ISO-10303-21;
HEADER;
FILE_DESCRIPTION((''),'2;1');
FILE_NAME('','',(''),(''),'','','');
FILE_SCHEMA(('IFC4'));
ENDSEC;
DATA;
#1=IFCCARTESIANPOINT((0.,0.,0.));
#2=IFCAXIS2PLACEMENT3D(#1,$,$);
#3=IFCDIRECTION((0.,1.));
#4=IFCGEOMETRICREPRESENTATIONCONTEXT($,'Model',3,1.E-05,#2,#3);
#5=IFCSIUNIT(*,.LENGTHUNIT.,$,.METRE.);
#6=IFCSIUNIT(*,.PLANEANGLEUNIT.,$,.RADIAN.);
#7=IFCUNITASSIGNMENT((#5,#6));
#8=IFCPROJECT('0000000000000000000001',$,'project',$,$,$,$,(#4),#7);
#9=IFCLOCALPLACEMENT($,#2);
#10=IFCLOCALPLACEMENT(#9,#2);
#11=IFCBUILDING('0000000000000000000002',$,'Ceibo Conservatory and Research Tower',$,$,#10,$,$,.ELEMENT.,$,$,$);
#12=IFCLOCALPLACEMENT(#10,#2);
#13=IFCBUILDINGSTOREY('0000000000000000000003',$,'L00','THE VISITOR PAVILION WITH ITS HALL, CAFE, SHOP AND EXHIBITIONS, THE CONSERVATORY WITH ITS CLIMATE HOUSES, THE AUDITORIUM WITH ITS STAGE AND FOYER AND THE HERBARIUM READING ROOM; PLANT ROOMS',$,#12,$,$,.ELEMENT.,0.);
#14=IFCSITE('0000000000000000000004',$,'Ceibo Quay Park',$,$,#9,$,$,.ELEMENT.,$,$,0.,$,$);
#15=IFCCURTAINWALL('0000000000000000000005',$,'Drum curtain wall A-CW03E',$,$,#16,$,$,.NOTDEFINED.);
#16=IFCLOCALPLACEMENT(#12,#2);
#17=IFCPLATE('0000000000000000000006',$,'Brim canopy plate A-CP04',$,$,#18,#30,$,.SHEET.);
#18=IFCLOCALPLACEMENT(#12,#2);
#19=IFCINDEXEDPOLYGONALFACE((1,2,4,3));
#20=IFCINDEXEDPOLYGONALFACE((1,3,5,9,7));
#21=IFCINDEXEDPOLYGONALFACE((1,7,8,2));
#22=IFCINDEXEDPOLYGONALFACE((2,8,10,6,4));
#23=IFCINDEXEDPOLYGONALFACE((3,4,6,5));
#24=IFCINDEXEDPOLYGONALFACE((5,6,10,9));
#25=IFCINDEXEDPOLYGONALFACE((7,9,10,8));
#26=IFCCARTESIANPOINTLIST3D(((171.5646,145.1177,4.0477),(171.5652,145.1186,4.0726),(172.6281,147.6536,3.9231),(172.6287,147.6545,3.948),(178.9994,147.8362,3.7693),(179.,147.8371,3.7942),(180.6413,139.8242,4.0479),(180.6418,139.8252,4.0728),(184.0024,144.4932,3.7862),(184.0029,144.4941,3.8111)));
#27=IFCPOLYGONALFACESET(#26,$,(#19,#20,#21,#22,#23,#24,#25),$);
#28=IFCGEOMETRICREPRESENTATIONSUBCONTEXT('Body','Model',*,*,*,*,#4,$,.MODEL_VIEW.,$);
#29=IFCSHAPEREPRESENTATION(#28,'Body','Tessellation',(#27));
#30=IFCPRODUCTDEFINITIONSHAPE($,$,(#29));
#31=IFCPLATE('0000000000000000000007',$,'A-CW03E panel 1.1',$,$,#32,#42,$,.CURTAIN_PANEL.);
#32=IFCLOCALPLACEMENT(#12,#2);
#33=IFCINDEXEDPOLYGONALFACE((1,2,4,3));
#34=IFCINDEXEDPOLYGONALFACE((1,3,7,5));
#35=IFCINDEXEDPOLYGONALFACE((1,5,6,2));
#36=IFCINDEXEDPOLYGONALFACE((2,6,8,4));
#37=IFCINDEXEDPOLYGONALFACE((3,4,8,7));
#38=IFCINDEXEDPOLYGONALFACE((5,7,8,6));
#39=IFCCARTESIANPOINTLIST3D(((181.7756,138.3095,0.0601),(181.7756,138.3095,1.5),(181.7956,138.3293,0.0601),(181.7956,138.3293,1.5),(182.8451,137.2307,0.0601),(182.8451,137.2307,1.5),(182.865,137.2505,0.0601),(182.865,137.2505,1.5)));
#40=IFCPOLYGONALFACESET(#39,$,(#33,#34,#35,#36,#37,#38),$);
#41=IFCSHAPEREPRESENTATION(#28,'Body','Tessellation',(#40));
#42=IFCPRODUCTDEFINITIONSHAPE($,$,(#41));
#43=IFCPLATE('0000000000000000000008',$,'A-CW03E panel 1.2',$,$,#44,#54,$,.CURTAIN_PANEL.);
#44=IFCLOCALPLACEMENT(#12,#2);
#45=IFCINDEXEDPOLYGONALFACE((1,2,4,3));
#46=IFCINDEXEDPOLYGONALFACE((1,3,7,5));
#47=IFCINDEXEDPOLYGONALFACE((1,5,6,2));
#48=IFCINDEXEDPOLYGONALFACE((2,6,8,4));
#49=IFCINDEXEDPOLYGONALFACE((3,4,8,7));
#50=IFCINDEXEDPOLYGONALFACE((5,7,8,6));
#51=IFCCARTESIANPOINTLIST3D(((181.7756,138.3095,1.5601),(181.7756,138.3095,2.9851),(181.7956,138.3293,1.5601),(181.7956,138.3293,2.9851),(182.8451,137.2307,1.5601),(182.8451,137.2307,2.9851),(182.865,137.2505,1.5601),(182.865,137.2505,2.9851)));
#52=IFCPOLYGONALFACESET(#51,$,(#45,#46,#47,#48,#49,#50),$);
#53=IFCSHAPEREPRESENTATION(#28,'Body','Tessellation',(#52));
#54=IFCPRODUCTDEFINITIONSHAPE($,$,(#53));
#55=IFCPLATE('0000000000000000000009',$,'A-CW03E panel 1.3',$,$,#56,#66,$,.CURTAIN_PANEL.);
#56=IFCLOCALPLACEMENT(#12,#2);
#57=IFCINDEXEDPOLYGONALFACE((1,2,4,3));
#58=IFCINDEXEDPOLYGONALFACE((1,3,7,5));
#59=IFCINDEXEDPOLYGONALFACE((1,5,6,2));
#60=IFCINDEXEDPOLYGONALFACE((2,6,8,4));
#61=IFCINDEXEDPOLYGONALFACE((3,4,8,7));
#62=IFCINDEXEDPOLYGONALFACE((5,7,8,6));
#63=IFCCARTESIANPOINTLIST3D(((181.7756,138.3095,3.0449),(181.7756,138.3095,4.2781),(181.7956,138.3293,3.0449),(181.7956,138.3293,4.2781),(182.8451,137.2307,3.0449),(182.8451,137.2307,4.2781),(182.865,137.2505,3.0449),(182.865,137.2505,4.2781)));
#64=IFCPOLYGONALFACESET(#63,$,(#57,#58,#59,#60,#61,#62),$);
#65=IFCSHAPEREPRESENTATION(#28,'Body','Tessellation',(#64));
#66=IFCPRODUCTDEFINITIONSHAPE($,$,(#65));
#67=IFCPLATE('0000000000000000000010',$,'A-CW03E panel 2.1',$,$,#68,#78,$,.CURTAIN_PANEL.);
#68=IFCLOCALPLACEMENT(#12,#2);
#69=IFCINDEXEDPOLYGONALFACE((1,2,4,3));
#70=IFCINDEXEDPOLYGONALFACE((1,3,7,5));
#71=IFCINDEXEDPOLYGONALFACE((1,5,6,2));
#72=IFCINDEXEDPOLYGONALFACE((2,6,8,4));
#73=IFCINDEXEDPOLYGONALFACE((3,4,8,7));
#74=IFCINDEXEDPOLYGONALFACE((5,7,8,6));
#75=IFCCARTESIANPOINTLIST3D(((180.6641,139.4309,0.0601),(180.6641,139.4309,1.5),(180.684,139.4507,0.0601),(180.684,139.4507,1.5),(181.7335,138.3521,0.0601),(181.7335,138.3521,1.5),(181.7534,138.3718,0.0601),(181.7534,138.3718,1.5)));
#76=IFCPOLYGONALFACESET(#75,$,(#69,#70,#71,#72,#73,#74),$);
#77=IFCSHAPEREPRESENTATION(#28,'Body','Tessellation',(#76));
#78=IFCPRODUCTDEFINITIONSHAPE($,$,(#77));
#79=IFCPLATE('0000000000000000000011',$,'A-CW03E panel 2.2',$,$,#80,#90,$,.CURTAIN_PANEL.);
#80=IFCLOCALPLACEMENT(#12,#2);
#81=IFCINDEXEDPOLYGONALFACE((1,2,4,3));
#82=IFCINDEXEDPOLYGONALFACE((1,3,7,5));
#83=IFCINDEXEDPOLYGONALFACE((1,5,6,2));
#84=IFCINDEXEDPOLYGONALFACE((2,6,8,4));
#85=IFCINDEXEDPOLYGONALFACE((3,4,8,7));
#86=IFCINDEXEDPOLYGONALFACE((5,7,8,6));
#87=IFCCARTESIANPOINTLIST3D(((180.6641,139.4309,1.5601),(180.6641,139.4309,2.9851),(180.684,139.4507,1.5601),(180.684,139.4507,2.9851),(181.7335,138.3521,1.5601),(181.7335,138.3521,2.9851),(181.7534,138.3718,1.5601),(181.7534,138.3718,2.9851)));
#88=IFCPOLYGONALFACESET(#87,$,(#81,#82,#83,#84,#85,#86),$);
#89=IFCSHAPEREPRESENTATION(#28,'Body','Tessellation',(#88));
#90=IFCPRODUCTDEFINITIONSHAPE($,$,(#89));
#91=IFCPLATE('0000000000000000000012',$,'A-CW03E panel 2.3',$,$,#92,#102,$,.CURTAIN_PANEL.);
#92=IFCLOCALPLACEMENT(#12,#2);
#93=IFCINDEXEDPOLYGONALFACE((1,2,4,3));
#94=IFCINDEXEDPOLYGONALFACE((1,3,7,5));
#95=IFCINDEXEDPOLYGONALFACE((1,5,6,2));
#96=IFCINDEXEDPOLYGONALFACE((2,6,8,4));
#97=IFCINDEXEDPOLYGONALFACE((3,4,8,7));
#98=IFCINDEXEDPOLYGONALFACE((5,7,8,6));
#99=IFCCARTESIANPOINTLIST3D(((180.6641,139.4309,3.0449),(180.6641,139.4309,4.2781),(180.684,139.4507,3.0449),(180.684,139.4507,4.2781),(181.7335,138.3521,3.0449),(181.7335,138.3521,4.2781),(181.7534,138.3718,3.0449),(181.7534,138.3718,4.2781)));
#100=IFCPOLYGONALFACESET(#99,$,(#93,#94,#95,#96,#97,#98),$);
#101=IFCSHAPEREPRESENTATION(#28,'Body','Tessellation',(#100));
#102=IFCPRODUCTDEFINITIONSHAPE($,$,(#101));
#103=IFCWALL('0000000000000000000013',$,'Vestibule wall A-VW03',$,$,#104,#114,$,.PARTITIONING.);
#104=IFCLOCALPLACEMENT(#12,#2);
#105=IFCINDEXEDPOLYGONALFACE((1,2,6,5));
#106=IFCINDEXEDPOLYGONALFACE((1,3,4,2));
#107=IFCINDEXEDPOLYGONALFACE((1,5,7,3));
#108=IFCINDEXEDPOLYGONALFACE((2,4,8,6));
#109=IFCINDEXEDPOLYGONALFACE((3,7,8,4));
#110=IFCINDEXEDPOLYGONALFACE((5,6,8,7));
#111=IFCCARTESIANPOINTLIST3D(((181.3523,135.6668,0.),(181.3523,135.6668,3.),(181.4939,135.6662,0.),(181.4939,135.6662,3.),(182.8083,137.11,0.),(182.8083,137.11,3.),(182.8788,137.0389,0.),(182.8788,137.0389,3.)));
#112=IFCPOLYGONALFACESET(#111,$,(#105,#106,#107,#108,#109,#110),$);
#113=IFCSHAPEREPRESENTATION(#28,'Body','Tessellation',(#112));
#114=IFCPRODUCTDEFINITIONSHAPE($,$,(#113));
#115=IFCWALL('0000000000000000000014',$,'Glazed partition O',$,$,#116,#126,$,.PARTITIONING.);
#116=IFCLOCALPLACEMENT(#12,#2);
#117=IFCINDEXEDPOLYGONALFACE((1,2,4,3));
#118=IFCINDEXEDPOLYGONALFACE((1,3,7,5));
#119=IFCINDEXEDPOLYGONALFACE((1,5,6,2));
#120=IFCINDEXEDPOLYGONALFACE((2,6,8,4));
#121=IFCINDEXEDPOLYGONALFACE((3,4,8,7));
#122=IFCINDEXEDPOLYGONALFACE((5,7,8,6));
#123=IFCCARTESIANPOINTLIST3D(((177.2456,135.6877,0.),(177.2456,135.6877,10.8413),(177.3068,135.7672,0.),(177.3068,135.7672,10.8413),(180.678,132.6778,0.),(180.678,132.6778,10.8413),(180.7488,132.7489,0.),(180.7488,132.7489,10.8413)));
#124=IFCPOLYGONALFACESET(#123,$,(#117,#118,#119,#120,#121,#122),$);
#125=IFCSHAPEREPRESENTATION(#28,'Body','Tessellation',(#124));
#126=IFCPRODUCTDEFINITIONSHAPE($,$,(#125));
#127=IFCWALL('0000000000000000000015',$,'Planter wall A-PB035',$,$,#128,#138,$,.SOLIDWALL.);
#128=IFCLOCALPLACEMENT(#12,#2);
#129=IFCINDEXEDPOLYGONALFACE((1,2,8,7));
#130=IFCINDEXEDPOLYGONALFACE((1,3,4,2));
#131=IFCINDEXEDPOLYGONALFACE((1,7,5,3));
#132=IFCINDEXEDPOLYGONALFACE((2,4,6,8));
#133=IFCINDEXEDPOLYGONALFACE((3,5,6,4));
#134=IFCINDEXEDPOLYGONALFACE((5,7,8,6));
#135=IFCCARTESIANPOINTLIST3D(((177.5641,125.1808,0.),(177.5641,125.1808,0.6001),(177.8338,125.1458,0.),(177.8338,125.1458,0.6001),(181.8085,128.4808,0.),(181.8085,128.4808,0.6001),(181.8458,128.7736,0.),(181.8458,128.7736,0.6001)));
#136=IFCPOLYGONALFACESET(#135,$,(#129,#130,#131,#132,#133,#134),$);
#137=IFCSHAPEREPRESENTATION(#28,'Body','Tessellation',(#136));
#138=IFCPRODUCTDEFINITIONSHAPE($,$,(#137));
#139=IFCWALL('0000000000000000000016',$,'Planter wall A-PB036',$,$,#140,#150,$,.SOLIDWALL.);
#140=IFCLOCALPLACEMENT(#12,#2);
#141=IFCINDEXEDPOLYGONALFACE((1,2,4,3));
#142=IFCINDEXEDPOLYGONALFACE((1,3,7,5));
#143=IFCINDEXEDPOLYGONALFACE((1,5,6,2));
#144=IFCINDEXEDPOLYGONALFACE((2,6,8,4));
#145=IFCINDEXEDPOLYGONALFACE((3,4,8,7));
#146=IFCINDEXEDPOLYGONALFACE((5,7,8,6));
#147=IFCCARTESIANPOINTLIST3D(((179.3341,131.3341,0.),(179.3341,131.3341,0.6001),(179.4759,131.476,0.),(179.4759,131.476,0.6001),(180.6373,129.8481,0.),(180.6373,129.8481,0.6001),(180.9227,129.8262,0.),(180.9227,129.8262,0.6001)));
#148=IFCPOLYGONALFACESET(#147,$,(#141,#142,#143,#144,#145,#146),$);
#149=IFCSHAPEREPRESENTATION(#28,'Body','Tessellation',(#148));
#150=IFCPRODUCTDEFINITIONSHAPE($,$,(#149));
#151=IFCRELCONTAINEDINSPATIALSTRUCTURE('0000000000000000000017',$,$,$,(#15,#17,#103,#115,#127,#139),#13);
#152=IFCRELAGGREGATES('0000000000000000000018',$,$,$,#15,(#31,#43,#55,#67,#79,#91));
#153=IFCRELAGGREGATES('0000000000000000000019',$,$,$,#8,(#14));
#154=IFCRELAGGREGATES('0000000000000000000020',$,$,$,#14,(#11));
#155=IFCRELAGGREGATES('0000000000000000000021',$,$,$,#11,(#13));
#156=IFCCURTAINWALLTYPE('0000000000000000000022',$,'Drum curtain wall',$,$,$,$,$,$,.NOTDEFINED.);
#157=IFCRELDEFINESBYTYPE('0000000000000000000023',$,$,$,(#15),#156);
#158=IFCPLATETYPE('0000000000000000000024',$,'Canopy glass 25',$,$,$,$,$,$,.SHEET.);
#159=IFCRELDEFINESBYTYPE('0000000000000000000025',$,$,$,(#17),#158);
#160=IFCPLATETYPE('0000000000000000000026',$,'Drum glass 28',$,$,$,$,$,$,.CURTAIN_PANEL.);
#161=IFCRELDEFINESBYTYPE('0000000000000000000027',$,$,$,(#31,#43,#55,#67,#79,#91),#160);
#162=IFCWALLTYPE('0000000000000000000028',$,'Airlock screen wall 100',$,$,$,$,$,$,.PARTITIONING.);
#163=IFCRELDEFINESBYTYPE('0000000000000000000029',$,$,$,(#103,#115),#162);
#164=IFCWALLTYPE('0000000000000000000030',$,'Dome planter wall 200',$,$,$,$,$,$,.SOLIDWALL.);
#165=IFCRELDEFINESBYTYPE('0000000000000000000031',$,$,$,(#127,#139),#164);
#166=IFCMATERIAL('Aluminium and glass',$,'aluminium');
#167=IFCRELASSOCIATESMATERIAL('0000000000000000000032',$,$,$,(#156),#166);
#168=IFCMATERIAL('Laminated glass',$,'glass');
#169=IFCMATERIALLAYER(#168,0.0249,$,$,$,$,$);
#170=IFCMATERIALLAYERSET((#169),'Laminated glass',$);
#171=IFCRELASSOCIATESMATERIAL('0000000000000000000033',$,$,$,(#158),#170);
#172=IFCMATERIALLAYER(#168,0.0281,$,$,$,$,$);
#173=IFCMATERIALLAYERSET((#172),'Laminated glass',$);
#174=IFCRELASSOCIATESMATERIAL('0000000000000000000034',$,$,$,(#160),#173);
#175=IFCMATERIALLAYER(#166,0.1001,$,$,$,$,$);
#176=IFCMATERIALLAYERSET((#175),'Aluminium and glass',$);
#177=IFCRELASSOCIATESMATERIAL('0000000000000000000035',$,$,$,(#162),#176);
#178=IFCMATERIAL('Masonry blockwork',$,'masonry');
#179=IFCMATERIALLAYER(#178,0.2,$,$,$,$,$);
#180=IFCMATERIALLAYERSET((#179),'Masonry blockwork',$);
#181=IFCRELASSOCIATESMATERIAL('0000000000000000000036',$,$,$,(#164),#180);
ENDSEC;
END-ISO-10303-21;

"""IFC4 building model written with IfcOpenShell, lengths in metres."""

from ifc_helpers import new_model, si_unit, direction, frame, origin, origin_2d, place, context, subcontext, project, spatial, polyline, rectangle, outline, extrude, material, layer, layer_set, type_object, element, aggregate, save


model = new_model("IFC4")

# Units and contexts
model_context = context("Model", 3, precision=1e-05, world=origin(), true_north=direction((0.0, 1.0)))
body_context = subcontext(model_context, "Body", "Model", "MODEL_VIEW")
ifc_project = project(units=[si_unit("LENGTHUNIT", "METRE"), si_unit("PLANEANGLEUNIT", "RADIAN")], contexts=[model_context])

# Site, building, storey
site_placement = place(None, origin())
site = spatial("IfcSite", under=ifc_project, at=site_placement, Name="Ceibo Quay Park", CompositionType="ELEMENT", RefElevation=0.0)
building_placement = place(site_placement, origin())
building = spatial("IfcBuilding", under=site, at=building_placement, Name="Ceibo Conservatory and Research Tower", CompositionType="ELEMENT")
storey_placement = place(building_placement, origin())
storey = spatial("IfcBuildingStorey", under=building, at=storey_placement, Name="L00", Description="THE VISITOR PAVILION WITH ITS HALL, CAFE, SHOP AND EXHIBITIONS, THE CONSERVATORY WITH ITS CLIMATE HOUSES, THE AUDITORIUM WITH ITS STAGE AND FOYER AND THE HERBARIUM READING ROOM; PLANT ROOMS", CompositionType="ELEMENT", Elevation=0.0)

# Curtain wall
ifc_material_1 = material(Name="Aluminium and glass", Category="aluminium")
curtain_wall_type = type_object("IfcCurtainWallType", Name="Drum curtain wall", PredefinedType="NOTDEFINED", material=ifc_material_1)
curtain_wall_1_placement = place(storey_placement, origin())
curtain_wall_1 = element("IfcCurtainWall", 1, at=curtain_wall_1_placement, inside=storey, type_object=curtain_wall_type, Name="Drum curtain wall A-CW03E", PredefinedType="NOTDEFINED")

# Plates
ifc_material_2 = material(Name="Laminated glass", Category="glass")
ifc_layer_1 = layer(ifc_material_2, 0.0249)
ifc_layer_set_1 = layer_set([ifc_layer_1], Name="Laminated glass")
plate_type_1 = type_object("IfcPlateType", Name="Canopy glass 25", PredefinedType="SHEET", material=ifc_layer_set_1)
plate_1_placement = place(storey_placement, frame((180.6418, 139.8252, 4.0728), z_axis=(-0.022986, -0.039446, -0.998957), x_axis=(-0.863832, 0.503781, -0.000016)))
element("IfcPlate", 2, at=plate_1_placement, inside=storey, type_object=plate_type_1, Name="Brim canopy plate A-CP04", PredefinedType="SHEET", context=body_context, shape_type="SweptSolid", body=[
    extrude(outline(polyline([(0.0, 0.0), (10.5074, 0.0), (10.8663, 2.7292), (5.4546, 6.1002), (-0.5513, 5.7324), (0.0, 0.0)])), origin(), (0.0, 0.0, 1.0), 0.0249),
])
ifc_layer_2 = layer(ifc_material_2, 0.0281)
ifc_layer_set_2 = layer_set([ifc_layer_2], Name="Laminated glass")
plate_type_2 = type_object("IfcPlateType", Name="Drum glass 28", PredefinedType="CURTAIN_PANEL", material=ifc_layer_set_2)
plate_2_placement = place(storey_placement, frame((182.3203, 137.78, 0.0601), z_axis=(0.0, 0.0, 1.0), x_axis=(-0.704015, 0.710185, 0.0)))
plate_2 = element("IfcPlate", 3, at=plate_2_placement, type_object=plate_type_2, Name="A-CW03E panel 1.1", PredefinedType="CURTAIN_PANEL", context=body_context, shape_type="SweptSolid", body=[
    extrude(rectangle(XDim=1.519, YDim=0.0281, at=origin_2d()), origin(), (0.0, 0.0, 1.0), 1.4399),
])
plate_3_placement = place(storey_placement, frame((182.3203, 137.78, 1.5601), z_axis=(0.0, 0.0, 1.0), x_axis=(-0.704015, 0.710185, 0.0)))
plate_3 = element("IfcPlate", 4, at=plate_3_placement, type_object=plate_type_2, Name="A-CW03E panel 1.2", PredefinedType="CURTAIN_PANEL", context=body_context, shape_type="SweptSolid", body=[
    extrude(rectangle(XDim=1.519, YDim=0.0281, at=origin_2d()), origin(), (0.0, 0.0, 1.0), 1.425),
])
plate_4_placement = place(storey_placement, frame((182.3203, 137.78, 3.0449), z_axis=(0.0, 0.0, 1.0), x_axis=(-0.704015, 0.710185, 0.0)))
plate_4 = element("IfcPlate", 5, at=plate_4_placement, type_object=plate_type_2, Name="A-CW03E panel 1.3", PredefinedType="CURTAIN_PANEL", context=body_context, shape_type="SweptSolid", body=[
    extrude(rectangle(XDim=1.519, YDim=0.0281, at=origin_2d()), origin(), (0.0, 0.0, 1.0), 1.2332),
])
plate_5_placement = place(storey_placement, frame((181.2087, 138.9014, 0.0601), z_axis=(0.0, 0.0, 1.0), x_axis=(-0.704015, 0.710185, 0.0)))
plate_5 = element("IfcPlate", 6, at=plate_5_placement, type_object=plate_type_2, Name="A-CW03E panel 2.1", PredefinedType="CURTAIN_PANEL", context=body_context, shape_type="SweptSolid", body=[
    extrude(rectangle(XDim=1.519, YDim=0.0281, at=origin_2d()), origin(), (0.0, 0.0, 1.0), 1.4399),
])
plate_6_placement = place(storey_placement, frame((181.2087, 138.9014, 1.5601), z_axis=(0.0, 0.0, 1.0), x_axis=(-0.704015, 0.710185, 0.0)))
plate_6 = element("IfcPlate", 7, at=plate_6_placement, type_object=plate_type_2, Name="A-CW03E panel 2.2", PredefinedType="CURTAIN_PANEL", context=body_context, shape_type="SweptSolid", body=[
    extrude(rectangle(XDim=1.519, YDim=0.0281, at=origin_2d()), origin(), (0.0, 0.0, 1.0), 1.425),
])
plate_7_placement = place(storey_placement, frame((181.2087, 138.9014, 3.0449), z_axis=(0.0, 0.0, 1.0), x_axis=(-0.704015, 0.710185, 0.0)))
plate_7 = element("IfcPlate", 8, at=plate_7_placement, type_object=plate_type_2, Name="A-CW03E panel 2.3", PredefinedType="CURTAIN_PANEL", context=body_context, shape_type="SweptSolid", body=[
    extrude(rectangle(XDim=1.519, YDim=0.0281, at=origin_2d()), origin(), (0.0, 0.0, 1.0), 1.2332),
])
aggregate(curtain_wall_1, [plate_2, plate_3, plate_4, plate_5, plate_6, plate_7])

# Walls
ifc_layer_3 = layer(ifc_material_1, 0.1001)
ifc_layer_set_3 = layer_set([ifc_layer_3], Name="Aluminium and glass")
wall_type_1 = type_object("IfcWallType", Name="Airlock screen wall 100", PredefinedType="PARTITIONING", material=ifc_layer_set_3)
wall_1_placement = place(storey_placement, frame((181.4231, 135.6665, 0.0), z_axis=(0.0, 0.0, 1.0), x_axis=(0.710213, 0.703987, 0.0)))
element("IfcWall", 9, at=wall_1_placement, inside=storey, type_object=wall_type_1, Name="Vestibule wall A-VW03", PredefinedType="PARTITIONING", context=body_context, shape_type="SweptSolid", body=[
    extrude(outline(polyline([(0.05, -0.05), (2.0, -0.05), (2.0, 0.05), (-0.05, 0.05), (0.05, -0.05)])), origin(), (0.0, 0.0, 1.0), 3.0),
])
wall_2_placement = place(storey_placement, frame((180.7134, 132.7134, 0.0), z_axis=(0.0, 0.0, 1.0), x_axis=(-0.751865, 0.659317, 0.0)))
element("IfcWall", 10, at=wall_2_placement, inside=storey, type_object=wall_type_1, Name="Glazed partition O", PredefinedType="PARTITIONING", context=body_context, shape_type="SweptSolid", body=[
    extrude(outline(polyline([(-0.0032, -0.05), (4.5747, -0.05), (4.5684, 0.05), (0.0032, 0.05), (-0.0032, -0.05)])), origin(), (0.0, 0.0, 1.0), 10.8413),
])
ifc_material_3 = material(Name="Masonry blockwork", Category="masonry")
ifc_layer_4 = layer(ifc_material_3, 0.2)
ifc_layer_set_4 = layer_set([ifc_layer_4], Name="Masonry blockwork")
wall_type_2 = type_object("IfcWallType", Name="Dome planter wall 200", PredefinedType="SOLIDWALL", material=ifc_layer_set_4)
wall_3_placement = place(storey_placement, frame((181.8271, 128.6272, 0.0), z_axis=(0.0, 0.0, 1.0), x_axis=(-0.766052, -0.642779, 0.0)))
element("IfcWall", 11, at=wall_3_placement, inside=storey, type_object=wall_type_2, Name="Planter wall A-PB035", PredefinedType="SOLIDWALL", context=body_context, shape_type="SweptSolid", body=[
    extrude(outline(polyline([(-0.1084, -0.1001), (5.481, -0.1001), (5.2969, 0.1001), (0.1084, 0.1001), (-0.1084, -0.1001)])), origin(), (0.0, 0.0, 1.0), 0.6001),
])
wall_4_placement = place(storey_placement, frame((180.78, 129.8372, 0.0), z_axis=(0.0, 0.0, 1.0), x_axis=(-0.65935, 0.751836, 0.0)))
element("IfcWall", 12, at=wall_4_placement, inside=storey, type_object=wall_type_2, Name="Planter wall A-PB036", PredefinedType="SOLIDWALL", context=body_context, shape_type="SweptSolid", body=[
    extrude(outline(polyline([(-0.1023, -0.1001), (2.092, -0.1001), (2.0789, 0.1001), (0.1023, 0.1001), (-0.1023, -0.1001)])), origin(), (0.0, 0.0, 1.0), 0.6001),
])

save(model, "model.ifc")
